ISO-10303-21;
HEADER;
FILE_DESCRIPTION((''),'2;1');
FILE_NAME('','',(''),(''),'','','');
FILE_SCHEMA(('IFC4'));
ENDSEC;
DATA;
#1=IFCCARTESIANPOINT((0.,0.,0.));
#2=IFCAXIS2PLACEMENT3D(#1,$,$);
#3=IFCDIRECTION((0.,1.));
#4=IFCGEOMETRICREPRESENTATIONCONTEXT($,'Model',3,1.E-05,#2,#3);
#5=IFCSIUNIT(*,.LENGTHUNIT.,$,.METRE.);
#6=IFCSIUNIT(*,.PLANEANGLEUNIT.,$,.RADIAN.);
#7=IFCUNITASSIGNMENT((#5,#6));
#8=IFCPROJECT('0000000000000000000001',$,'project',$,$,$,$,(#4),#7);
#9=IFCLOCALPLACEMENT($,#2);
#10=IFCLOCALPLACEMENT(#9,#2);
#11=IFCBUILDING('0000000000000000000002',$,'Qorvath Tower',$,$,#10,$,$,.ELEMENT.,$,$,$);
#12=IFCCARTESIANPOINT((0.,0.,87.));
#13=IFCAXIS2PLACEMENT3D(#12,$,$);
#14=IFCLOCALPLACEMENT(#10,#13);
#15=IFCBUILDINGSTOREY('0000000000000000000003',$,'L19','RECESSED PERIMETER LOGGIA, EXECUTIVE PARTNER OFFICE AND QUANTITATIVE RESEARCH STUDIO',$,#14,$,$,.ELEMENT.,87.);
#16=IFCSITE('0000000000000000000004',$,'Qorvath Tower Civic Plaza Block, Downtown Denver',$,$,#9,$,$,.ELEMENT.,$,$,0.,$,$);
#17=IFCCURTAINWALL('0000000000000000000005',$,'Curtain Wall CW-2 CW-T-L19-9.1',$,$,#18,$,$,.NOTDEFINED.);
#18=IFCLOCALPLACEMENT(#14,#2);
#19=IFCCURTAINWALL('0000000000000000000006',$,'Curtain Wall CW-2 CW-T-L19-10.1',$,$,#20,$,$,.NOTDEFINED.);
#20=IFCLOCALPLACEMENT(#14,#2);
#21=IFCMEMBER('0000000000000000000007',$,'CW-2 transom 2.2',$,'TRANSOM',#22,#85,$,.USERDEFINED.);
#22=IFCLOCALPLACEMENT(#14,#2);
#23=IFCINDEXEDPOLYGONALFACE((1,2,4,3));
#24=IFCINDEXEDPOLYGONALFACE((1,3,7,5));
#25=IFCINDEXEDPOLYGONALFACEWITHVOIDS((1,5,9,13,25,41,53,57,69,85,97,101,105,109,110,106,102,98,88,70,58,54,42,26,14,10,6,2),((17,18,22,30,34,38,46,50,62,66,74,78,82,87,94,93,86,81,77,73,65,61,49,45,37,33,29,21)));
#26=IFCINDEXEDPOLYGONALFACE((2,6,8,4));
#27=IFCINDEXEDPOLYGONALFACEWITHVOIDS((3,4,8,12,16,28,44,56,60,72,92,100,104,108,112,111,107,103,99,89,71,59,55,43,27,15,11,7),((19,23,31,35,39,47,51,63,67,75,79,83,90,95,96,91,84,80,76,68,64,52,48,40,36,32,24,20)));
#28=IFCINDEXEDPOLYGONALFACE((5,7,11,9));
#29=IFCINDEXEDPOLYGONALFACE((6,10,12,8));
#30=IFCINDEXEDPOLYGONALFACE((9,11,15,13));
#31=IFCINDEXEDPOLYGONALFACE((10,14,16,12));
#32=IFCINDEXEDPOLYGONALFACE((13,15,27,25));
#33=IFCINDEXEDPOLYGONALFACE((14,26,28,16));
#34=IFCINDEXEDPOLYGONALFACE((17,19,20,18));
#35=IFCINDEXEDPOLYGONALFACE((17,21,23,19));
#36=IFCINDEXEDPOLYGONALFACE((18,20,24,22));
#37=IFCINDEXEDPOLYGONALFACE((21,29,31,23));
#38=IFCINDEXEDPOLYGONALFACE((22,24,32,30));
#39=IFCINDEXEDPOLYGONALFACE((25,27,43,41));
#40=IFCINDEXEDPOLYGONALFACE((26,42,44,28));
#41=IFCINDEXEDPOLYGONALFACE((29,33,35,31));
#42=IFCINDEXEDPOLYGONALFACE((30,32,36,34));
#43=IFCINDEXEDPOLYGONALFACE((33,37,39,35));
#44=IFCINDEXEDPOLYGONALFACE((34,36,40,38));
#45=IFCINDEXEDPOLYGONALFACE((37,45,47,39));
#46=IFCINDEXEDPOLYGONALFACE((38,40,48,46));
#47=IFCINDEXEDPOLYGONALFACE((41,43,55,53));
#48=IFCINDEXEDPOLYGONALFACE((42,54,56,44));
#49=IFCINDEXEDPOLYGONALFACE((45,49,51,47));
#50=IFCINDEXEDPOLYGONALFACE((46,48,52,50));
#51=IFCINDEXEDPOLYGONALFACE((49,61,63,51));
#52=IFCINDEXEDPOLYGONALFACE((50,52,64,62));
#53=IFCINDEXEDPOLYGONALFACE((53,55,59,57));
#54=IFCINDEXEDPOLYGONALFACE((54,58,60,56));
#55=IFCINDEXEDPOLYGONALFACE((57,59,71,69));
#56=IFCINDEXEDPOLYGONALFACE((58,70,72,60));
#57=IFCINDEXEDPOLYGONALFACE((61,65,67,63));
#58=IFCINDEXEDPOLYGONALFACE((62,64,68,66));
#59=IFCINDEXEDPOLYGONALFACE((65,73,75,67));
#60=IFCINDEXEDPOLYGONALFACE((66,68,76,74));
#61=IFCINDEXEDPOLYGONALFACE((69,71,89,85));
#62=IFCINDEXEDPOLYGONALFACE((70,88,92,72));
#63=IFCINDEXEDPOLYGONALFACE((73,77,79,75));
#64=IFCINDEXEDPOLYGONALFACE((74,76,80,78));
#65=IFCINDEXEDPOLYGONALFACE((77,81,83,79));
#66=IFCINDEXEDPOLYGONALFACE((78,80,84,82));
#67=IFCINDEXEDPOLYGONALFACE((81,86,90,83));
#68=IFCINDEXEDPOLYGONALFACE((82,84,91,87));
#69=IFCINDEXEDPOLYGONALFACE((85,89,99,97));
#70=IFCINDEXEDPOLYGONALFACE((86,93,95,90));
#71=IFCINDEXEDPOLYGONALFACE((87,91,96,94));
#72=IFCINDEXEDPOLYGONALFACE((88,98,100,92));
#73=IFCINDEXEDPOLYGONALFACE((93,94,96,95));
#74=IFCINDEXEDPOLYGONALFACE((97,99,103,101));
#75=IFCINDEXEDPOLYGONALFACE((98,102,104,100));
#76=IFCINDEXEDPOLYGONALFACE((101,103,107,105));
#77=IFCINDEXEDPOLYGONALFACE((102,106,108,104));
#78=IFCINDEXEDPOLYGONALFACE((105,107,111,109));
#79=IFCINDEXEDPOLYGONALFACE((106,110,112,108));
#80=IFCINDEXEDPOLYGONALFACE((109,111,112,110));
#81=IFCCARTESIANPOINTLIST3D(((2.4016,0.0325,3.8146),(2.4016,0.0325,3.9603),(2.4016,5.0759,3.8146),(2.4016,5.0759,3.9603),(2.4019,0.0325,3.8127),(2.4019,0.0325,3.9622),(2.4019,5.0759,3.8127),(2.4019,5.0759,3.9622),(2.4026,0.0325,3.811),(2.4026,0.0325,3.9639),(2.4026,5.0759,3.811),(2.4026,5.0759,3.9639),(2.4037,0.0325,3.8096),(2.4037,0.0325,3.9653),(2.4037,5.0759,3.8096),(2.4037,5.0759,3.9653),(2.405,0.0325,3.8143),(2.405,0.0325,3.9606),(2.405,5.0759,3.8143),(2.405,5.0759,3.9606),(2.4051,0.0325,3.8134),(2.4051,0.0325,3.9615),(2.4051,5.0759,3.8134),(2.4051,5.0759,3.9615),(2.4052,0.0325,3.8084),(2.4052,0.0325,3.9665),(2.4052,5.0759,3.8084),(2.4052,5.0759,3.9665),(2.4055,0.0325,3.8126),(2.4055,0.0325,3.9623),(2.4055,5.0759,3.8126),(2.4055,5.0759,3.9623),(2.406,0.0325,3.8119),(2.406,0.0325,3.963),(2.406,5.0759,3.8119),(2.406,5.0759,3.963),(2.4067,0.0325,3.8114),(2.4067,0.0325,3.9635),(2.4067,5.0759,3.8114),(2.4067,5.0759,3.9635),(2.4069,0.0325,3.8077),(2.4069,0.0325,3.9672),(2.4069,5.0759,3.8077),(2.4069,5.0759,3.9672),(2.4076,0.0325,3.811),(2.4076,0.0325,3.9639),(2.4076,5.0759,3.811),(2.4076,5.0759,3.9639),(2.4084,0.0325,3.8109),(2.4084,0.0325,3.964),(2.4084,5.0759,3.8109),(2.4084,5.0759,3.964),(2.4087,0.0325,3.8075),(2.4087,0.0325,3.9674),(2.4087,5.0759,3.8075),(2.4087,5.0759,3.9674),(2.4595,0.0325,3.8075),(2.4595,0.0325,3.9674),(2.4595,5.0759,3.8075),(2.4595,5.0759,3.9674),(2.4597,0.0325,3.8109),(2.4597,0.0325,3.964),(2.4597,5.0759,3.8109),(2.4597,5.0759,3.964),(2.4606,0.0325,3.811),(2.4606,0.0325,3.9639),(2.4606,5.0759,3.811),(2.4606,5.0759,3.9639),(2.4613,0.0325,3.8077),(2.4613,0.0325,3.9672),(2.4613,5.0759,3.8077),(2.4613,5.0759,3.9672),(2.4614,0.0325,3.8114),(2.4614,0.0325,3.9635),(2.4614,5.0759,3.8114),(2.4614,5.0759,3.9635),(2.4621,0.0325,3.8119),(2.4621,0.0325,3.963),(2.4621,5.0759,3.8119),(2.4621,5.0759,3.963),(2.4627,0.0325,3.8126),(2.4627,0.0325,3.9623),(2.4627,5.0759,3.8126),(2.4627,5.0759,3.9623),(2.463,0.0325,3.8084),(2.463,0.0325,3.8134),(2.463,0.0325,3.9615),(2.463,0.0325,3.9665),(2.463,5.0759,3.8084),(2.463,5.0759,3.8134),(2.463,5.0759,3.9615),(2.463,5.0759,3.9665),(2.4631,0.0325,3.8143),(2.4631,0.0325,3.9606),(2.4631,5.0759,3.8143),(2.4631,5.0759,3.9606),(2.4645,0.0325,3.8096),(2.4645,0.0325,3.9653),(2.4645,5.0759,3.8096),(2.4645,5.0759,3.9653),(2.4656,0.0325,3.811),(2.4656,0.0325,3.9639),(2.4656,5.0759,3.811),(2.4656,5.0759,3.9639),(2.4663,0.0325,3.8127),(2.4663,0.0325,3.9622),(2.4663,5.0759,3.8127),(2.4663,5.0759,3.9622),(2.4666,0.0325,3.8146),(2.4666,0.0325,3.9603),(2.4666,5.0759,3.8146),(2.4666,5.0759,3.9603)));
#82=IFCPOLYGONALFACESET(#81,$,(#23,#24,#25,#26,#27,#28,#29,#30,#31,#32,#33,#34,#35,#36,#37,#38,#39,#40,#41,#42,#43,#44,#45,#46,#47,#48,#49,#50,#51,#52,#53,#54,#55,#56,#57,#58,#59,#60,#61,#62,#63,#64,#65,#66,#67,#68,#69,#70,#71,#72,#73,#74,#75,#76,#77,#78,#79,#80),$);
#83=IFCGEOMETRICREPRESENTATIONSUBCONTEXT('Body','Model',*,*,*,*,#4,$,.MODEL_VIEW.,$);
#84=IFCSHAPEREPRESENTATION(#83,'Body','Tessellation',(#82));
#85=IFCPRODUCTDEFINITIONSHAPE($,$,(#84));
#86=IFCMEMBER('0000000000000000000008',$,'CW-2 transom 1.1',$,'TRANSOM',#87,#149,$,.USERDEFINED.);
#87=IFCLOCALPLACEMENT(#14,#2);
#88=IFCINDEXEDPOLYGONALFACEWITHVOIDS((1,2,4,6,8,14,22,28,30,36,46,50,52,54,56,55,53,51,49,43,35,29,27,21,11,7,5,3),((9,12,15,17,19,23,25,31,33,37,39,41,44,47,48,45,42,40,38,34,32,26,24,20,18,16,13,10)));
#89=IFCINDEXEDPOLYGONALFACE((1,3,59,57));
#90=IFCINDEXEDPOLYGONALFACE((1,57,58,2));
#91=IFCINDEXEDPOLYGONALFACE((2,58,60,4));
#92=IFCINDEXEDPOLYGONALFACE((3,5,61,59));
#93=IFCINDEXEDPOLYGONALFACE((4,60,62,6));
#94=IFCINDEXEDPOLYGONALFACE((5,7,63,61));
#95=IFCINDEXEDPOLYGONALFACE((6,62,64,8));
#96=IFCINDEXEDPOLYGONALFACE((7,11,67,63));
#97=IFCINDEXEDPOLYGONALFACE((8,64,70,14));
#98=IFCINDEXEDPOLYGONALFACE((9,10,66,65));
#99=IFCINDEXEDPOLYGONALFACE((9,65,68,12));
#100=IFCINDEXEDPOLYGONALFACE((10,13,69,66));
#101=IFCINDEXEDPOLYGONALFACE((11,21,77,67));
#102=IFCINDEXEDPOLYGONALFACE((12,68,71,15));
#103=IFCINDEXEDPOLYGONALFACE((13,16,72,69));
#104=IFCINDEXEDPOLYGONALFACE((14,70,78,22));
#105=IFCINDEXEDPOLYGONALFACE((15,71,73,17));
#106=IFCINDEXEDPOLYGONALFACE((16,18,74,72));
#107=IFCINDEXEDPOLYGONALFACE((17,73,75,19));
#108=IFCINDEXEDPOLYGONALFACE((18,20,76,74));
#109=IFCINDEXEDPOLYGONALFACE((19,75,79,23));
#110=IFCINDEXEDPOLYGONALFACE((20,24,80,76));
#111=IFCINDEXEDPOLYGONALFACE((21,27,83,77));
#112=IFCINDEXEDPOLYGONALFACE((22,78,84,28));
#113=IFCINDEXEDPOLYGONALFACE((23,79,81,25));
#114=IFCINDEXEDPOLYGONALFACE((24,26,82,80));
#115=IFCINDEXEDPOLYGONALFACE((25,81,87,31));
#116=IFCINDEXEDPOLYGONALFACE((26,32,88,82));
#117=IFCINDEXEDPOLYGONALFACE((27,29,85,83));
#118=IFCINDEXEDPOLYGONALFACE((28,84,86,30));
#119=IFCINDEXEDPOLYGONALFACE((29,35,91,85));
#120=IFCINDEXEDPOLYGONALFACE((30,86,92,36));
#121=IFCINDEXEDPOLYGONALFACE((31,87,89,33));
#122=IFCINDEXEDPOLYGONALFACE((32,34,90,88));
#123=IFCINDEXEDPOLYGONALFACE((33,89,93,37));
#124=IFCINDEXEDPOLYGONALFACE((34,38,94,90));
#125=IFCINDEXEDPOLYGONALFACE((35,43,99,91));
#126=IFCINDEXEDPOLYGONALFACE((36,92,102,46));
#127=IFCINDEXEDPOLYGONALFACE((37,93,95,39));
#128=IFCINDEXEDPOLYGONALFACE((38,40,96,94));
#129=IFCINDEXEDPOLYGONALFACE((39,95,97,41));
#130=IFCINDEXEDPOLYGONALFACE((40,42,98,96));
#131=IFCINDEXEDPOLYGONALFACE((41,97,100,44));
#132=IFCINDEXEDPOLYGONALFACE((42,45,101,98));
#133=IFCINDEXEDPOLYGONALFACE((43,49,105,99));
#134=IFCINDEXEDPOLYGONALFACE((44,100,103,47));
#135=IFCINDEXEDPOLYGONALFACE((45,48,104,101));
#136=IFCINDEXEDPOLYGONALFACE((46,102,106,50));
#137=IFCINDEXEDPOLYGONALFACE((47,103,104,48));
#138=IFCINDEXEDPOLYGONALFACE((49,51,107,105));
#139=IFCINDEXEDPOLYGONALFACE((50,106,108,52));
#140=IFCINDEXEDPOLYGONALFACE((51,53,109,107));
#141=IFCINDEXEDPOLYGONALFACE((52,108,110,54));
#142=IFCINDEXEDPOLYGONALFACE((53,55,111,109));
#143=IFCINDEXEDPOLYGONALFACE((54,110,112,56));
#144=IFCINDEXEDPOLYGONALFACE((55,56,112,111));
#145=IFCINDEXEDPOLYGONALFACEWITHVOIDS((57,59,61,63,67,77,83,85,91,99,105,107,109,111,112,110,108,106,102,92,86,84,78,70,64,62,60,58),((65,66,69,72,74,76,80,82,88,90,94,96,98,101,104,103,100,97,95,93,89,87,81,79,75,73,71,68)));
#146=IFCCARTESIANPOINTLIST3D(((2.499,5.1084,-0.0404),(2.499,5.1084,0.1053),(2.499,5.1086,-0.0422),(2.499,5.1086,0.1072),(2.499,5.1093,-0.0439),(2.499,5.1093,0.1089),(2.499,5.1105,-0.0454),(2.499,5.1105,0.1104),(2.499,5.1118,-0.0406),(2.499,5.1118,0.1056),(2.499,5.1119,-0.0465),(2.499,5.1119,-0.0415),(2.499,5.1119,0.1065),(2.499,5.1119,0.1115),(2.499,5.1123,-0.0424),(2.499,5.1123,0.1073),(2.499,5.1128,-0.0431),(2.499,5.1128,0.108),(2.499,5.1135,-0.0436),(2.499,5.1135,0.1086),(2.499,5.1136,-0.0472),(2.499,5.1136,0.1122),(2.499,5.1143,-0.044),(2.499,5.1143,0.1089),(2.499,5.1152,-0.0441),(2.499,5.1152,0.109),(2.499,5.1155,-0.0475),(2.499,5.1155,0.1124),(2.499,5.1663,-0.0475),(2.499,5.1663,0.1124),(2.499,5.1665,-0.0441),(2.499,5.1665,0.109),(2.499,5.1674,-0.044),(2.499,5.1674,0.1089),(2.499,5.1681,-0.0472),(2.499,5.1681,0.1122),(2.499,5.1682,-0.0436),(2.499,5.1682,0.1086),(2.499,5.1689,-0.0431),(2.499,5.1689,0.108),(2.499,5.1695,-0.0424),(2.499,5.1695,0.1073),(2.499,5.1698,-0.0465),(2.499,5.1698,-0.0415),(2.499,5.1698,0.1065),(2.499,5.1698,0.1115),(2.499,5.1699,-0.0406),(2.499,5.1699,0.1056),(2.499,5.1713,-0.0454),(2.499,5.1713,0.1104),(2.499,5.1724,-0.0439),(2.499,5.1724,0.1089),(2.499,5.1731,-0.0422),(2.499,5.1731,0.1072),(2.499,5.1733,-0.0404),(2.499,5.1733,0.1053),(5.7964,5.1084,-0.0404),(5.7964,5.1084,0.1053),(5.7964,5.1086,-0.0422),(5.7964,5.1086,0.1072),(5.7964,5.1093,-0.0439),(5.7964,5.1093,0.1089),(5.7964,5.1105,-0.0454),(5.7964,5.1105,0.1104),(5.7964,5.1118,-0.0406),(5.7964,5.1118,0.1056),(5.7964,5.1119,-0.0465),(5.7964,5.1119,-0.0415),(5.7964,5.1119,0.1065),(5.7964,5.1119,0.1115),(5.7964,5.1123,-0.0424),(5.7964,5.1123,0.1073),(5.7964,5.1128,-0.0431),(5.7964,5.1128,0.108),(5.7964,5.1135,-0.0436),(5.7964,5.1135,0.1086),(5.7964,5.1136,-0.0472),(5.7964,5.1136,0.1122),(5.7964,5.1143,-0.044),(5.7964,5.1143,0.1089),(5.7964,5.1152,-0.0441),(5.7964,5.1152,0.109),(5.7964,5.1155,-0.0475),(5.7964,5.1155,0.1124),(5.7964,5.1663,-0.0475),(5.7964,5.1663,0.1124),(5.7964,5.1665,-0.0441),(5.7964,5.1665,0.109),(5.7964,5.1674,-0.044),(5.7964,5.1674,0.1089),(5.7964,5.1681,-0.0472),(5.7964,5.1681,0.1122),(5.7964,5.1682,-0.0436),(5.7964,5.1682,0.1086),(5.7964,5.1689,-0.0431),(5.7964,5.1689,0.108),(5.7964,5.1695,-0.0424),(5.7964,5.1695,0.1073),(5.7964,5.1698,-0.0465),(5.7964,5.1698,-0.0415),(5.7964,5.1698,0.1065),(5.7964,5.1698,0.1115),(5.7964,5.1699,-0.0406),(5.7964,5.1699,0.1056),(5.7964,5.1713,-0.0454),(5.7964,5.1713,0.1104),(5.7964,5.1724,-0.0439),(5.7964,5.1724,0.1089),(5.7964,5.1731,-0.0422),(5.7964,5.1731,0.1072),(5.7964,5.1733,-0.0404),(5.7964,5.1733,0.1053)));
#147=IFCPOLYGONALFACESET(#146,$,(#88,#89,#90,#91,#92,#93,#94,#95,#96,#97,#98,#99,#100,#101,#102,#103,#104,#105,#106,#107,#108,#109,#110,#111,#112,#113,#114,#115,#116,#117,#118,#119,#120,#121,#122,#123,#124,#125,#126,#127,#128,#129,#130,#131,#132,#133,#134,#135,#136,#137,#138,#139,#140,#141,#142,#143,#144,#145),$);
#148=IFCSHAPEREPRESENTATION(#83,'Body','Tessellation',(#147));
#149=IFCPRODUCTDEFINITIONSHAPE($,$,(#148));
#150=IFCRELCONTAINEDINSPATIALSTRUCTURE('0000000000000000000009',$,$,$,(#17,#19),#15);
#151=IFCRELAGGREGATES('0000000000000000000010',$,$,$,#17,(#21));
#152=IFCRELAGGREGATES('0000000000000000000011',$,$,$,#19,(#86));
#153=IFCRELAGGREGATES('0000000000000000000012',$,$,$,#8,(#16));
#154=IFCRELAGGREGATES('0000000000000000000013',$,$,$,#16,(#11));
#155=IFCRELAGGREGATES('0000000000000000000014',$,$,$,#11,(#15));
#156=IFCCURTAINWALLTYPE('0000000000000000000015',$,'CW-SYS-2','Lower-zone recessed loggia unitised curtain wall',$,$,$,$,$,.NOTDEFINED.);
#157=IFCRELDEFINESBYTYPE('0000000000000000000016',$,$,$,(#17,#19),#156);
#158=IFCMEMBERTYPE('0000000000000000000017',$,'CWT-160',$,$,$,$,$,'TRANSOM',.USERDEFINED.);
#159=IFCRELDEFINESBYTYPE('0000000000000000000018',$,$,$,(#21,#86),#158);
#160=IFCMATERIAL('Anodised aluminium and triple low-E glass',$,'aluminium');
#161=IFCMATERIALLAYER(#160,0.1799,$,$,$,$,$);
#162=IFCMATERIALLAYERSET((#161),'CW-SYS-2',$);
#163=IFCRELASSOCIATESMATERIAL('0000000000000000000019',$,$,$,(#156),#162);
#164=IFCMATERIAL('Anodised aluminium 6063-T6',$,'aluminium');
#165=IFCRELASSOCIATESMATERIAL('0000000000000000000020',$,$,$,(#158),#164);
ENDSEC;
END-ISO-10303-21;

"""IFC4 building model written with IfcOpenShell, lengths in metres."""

from ifc_helpers import new_model, si_unit, direction, frame, origin, origin_2d, place, context, subcontext, project, spatial, hollow_rectangle, extrude, material, layer, layer_set, material_profile, profile_set, type_object, element, aggregate, save


model = new_model("IFC4")

# Units and contexts
model_context = context("Model", 3, precision=1e-05, world=origin(), true_north=direction((0.0, 1.0)))
body_context = subcontext(model_context, "Body", "Model", "MODEL_VIEW")
ifc_project = project(units=[si_unit("LENGTHUNIT", "METRE"), si_unit("PLANEANGLEUNIT", "RADIAN")], contexts=[model_context])

# Site, building, storey
site_placement = place(None, origin())
site = spatial("IfcSite", under=ifc_project, at=site_placement, Name="Qorvath Tower Civic Plaza Block, Downtown Denver", CompositionType="ELEMENT", RefElevation=0.0)
building_placement = place(site_placement, origin())
building = spatial("IfcBuilding", under=site, at=building_placement, Name="Qorvath Tower", CompositionType="ELEMENT")
storey_placement = place(building_placement, frame((0.0, 0.0, 87.0)))
storey = spatial("IfcBuildingStorey", under=building, at=storey_placement, Name="L19", Description="RECESSED PERIMETER LOGGIA, EXECUTIVE PARTNER OFFICE AND QUANTITATIVE RESEARCH STUDIO", CompositionType="ELEMENT", Elevation=87.0)

# Curtain wall
ifc_material_1 = material(Name="Anodised aluminium and triple low-E glass", Category="aluminium")
ifc_layer_1 = layer(ifc_material_1, 0.1799)
ifc_layer_set_1 = layer_set([ifc_layer_1], Name="CW-SYS-2")
curtain_wall_type = type_object("IfcCurtainWallType", Name="CW-SYS-2", Description="Lower-zone recessed loggia unitised curtain wall", PredefinedType="NOTDEFINED", material=ifc_layer_set_1)
curtain_wall_1_placement = place(storey_placement, origin())
curtain_wall_1 = element("IfcCurtainWall", 1, at=curtain_wall_1_placement, inside=storey, type_object=curtain_wall_type, Name="Curtain Wall CW-2 CW-T-L19-9.1", PredefinedType="NOTDEFINED")

# Curtain wall
curtain_wall_2_placement = place(storey_placement, origin())
curtain_wall_2 = element("IfcCurtainWall", 2, at=curtain_wall_2_placement, inside=storey, type_object=curtain_wall_type, Name="Curtain Wall CW-2 CW-T-L19-10.1", PredefinedType="NOTDEFINED")

# Members
ifc_material_2 = material(Name="Anodised aluminium 6063-T6", Category="aluminium")
ifc_material_profile_1 = material_profile(ifc_material_2, hollow_rectangle(XDim=0.0649, YDim=0.1599, WallThickness=0.0034, InnerFilletRadius=0.0034, OuterFilletRadius=0.0071, at=origin_2d()), Name="CWT 160x65")
ifc_profile_set_1 = profile_set([ifc_material_profile_1], Name="Anodised aluminium 6063-T6")
member_type_1 = type_object("IfcMemberType", Name="CWT-160", ElementType="TRANSOM", PredefinedType="USERDEFINED", material=ifc_profile_set_1)
member_1_placement = place(storey_placement, frame((2.4341, 0.0325, 3.8875), z_axis=(0.0, 1.0, 0.0), x_axis=(-1.0, 0.0, 0.0)))
member_1 = element("IfcMember", 3, at=member_1_placement, type_object=member_type_1, Name="CW-2 transom 2.2", ObjectType="TRANSOM", PredefinedType="USERDEFINED", context=body_context, shape_type="SweptSolid", body=[
    extrude(hollow_rectangle(XDim=0.0649, YDim=0.1599, WallThickness=0.0034, InnerFilletRadius=0.0034, OuterFilletRadius=0.0071, at=origin_2d()), origin(), (0.0, 0.0, 1.0), 5.0435),
])
member_2_placement = place(storey_placement, frame((2.499, 5.1409, 0.0325), z_axis=(1.0, 0.0, 0.0), x_axis=(0.0, 1.0, 0.0)))
member_2 = element("IfcMember", 4, at=member_2_placement, type_object=member_type_1, Name="CW-2 transom 1.1", ObjectType="TRANSOM", PredefinedType="USERDEFINED", context=body_context, shape_type="SweptSolid", body=[
    extrude(hollow_rectangle(XDim=0.0649, YDim=0.1599, WallThickness=0.0034, InnerFilletRadius=0.0034, OuterFilletRadius=0.0071, at=origin_2d()), origin(), (0.0, 0.0, 1.0), 3.2974),
])

aggregate(curtain_wall_1, [member_1])
aggregate(curtain_wall_2, [member_2])

save(model, "model.ifc")
